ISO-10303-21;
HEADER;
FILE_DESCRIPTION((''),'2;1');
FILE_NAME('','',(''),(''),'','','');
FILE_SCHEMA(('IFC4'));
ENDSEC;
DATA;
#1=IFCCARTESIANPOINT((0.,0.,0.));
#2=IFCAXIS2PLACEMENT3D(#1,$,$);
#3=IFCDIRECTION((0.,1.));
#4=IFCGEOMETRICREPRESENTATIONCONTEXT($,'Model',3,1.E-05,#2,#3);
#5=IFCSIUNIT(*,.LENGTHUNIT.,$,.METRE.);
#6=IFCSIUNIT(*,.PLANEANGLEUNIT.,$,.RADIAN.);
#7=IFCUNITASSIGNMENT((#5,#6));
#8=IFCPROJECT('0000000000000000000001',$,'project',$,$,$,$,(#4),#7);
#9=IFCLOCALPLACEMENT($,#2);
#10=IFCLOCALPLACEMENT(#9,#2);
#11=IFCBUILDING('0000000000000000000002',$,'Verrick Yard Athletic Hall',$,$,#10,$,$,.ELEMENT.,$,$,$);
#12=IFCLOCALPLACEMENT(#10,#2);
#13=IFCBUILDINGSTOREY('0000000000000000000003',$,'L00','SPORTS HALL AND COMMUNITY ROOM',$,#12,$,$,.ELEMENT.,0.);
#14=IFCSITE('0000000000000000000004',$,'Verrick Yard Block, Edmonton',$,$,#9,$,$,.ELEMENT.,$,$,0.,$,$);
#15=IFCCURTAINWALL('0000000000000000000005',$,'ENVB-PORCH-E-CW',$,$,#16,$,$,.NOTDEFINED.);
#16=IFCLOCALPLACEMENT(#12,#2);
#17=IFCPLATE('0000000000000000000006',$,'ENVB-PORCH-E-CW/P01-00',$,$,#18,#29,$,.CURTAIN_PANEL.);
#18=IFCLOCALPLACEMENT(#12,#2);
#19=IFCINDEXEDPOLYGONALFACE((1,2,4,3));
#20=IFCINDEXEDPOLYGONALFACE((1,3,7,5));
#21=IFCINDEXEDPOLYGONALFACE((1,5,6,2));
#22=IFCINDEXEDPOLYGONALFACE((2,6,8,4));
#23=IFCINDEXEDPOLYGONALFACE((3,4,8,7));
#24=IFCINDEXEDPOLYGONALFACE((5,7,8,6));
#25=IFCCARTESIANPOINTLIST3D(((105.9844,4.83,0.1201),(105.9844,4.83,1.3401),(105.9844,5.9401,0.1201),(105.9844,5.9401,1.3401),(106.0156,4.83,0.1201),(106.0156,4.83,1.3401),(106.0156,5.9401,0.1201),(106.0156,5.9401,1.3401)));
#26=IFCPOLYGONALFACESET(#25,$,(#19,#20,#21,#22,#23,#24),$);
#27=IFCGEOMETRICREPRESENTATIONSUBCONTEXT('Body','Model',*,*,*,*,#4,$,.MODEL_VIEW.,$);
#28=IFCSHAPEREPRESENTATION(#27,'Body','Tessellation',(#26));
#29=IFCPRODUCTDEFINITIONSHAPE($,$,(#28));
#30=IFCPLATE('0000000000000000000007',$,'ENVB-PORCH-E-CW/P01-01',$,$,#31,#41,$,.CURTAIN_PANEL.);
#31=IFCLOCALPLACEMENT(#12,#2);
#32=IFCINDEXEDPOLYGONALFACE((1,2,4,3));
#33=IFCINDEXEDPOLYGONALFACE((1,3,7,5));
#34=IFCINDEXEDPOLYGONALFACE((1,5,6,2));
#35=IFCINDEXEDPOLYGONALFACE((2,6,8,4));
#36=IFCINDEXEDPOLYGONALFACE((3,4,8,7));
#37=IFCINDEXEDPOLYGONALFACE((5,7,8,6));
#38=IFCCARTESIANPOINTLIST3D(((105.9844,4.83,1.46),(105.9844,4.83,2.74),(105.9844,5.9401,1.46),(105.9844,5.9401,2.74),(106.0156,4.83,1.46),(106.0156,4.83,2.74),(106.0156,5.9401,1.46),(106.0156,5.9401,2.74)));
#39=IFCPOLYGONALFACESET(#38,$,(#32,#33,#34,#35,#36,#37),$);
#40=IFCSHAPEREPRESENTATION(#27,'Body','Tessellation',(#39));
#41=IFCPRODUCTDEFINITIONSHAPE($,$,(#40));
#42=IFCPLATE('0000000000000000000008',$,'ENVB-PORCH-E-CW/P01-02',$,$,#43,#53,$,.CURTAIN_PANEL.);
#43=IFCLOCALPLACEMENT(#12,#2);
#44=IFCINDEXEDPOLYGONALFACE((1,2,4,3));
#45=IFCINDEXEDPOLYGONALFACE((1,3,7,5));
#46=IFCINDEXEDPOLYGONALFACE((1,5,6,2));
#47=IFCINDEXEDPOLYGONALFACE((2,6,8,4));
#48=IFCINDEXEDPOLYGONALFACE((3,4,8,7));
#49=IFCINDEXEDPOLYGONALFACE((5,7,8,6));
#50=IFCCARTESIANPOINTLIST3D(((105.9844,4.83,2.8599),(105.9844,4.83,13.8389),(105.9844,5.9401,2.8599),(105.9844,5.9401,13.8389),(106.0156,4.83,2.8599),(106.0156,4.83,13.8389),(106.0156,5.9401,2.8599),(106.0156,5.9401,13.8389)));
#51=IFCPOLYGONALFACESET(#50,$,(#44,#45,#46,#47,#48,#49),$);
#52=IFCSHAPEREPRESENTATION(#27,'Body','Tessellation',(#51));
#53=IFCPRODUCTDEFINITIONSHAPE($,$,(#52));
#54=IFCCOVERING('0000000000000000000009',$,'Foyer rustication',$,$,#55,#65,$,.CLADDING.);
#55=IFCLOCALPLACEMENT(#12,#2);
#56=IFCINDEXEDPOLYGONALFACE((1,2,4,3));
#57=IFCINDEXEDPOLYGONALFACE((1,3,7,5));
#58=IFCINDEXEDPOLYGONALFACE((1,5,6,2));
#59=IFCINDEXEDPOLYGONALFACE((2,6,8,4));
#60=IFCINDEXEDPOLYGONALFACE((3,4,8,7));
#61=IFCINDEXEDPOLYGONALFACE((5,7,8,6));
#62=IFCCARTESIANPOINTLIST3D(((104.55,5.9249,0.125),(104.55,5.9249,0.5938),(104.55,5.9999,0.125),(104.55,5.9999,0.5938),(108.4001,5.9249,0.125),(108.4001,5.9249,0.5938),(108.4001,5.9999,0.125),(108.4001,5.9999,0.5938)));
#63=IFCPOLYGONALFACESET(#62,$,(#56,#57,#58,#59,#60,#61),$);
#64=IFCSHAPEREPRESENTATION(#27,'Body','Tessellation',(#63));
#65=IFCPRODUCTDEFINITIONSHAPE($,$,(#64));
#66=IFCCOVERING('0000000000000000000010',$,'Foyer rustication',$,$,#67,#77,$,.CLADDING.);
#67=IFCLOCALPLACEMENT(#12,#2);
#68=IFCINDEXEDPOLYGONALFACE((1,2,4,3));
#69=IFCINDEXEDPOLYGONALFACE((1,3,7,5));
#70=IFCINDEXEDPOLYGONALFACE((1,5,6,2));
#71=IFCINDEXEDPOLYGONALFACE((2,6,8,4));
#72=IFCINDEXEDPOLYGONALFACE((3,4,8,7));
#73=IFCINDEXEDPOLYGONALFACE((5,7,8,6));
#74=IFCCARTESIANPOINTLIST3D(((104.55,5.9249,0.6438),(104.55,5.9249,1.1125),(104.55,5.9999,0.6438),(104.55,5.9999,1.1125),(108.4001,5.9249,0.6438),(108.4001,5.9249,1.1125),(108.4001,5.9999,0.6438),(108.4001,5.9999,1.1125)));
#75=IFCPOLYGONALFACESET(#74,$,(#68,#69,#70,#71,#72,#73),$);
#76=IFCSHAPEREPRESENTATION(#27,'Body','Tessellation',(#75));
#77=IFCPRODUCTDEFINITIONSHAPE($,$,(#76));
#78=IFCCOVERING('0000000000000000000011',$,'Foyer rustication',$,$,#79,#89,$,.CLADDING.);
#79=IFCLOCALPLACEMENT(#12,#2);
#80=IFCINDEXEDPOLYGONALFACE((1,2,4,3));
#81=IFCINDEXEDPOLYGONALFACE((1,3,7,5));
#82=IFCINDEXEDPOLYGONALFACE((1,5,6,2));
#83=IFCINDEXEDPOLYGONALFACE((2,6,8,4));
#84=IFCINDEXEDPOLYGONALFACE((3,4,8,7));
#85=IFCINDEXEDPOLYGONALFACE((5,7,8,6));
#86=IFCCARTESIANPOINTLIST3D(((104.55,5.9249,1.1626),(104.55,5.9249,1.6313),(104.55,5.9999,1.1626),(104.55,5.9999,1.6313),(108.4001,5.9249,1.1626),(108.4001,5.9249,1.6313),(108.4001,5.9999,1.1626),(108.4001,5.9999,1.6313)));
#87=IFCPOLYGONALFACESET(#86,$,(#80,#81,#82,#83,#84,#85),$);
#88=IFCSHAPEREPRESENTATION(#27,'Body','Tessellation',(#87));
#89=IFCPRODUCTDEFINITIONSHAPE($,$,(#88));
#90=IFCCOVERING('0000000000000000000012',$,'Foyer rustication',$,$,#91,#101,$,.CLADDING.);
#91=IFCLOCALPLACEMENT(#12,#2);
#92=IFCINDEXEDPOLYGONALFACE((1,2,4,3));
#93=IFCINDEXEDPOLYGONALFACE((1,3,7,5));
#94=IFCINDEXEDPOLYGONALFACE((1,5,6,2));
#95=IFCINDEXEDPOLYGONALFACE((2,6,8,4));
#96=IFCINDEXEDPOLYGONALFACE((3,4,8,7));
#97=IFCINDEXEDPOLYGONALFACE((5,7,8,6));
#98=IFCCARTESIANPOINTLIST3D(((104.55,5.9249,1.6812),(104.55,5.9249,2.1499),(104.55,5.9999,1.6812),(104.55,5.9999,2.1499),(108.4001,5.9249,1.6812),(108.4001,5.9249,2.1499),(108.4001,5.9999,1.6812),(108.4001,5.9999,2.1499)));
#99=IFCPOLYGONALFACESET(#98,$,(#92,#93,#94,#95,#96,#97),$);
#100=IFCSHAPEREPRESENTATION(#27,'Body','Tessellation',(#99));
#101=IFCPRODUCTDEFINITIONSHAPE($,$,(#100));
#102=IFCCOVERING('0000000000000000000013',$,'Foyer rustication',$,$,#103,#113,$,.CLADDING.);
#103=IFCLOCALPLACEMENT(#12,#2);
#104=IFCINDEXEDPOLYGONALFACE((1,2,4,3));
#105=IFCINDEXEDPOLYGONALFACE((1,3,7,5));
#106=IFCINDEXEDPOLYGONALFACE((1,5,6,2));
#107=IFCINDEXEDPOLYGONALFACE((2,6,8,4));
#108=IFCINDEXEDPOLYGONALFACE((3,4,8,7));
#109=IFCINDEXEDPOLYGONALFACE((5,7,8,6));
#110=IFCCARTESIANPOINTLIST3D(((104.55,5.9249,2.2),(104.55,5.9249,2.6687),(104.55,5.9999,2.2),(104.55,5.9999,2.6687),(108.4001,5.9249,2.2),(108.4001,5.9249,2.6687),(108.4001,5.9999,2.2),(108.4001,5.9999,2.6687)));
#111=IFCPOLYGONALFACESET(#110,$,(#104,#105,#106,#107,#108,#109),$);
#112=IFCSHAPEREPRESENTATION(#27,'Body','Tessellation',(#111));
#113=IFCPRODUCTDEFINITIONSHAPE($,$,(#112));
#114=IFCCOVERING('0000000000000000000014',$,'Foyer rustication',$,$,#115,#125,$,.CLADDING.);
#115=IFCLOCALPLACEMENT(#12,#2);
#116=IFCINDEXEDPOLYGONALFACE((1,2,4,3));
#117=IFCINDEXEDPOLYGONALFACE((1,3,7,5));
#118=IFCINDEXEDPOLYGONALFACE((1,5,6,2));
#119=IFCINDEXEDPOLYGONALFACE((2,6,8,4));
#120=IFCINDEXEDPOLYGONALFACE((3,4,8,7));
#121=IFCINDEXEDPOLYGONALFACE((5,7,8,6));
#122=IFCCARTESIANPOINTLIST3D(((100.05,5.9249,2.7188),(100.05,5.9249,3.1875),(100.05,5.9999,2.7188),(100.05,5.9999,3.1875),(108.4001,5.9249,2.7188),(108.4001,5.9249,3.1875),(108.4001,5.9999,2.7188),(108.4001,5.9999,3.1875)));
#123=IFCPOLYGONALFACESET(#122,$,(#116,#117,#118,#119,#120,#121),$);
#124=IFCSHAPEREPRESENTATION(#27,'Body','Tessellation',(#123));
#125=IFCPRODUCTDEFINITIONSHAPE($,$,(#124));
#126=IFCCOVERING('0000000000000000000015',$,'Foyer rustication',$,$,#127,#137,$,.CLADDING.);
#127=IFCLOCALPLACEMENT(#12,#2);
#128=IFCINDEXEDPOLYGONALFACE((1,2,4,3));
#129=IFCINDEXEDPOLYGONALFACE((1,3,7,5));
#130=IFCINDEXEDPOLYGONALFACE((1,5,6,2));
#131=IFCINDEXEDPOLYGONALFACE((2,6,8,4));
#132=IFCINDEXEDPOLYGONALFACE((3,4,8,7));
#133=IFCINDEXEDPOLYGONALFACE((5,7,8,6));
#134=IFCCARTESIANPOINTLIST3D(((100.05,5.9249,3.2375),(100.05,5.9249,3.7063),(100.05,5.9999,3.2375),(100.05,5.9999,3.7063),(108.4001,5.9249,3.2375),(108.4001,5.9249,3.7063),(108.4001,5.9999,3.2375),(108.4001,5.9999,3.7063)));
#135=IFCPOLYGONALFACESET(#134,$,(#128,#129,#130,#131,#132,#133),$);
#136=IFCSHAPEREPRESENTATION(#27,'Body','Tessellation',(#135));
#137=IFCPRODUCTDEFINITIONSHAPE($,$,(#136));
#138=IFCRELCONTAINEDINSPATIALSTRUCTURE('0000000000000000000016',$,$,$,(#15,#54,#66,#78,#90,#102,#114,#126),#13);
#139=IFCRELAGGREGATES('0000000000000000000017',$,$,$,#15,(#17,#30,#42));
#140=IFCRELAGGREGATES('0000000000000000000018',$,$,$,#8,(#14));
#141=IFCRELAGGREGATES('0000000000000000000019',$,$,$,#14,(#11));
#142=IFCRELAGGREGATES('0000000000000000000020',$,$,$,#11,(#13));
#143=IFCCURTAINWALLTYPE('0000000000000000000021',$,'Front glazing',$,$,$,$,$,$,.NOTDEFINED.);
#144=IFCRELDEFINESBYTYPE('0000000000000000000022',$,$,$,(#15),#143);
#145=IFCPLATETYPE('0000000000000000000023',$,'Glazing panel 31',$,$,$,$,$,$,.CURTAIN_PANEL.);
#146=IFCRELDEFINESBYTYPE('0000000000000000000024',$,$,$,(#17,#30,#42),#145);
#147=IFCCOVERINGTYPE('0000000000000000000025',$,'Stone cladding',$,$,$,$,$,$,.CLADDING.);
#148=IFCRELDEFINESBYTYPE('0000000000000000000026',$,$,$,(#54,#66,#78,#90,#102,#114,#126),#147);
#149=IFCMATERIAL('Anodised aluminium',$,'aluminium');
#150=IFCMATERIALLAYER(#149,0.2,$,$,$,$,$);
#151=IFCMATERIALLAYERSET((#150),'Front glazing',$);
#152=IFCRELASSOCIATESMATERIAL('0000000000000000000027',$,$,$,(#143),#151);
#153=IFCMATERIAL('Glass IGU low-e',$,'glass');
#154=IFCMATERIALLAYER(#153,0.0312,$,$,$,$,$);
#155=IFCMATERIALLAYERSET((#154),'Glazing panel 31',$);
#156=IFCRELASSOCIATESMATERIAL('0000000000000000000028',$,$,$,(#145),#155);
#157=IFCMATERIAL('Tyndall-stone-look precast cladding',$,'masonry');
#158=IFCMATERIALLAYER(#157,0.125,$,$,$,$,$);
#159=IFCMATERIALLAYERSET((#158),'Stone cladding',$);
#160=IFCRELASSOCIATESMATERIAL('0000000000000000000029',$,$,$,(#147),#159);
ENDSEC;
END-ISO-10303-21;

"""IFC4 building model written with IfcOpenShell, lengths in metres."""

from ifc_helpers import new_model, si_unit, direction, frame, origin, origin_2d, place, context, subcontext, project, spatial, rectangle, extrude, material, layer, layer_set, type_object, element, aggregate, save


model = new_model("IFC4")

# Units and contexts
model_context = context("Model", 3, precision=1e-05, world=origin(), true_north=direction((0.0, 1.0)))
body_context = subcontext(model_context, "Body", "Model", "MODEL_VIEW")
ifc_project = project(units=[si_unit("LENGTHUNIT", "METRE"), si_unit("PLANEANGLEUNIT", "RADIAN")], contexts=[model_context])

# Site, building, storey
site_placement = place(None, origin())
site = spatial("IfcSite", under=ifc_project, at=site_placement, Name="Verrick Yard Block, Edmonton", CompositionType="ELEMENT", RefElevation=0.0)
building_placement = place(site_placement, origin())
building = spatial("IfcBuilding", under=site, at=building_placement, Name="Verrick Yard Athletic Hall", CompositionType="ELEMENT")
storey_placement = place(building_placement, origin())
storey = spatial("IfcBuildingStorey", under=building, at=storey_placement, Name="L00", Description="SPORTS HALL AND COMMUNITY ROOM", CompositionType="ELEMENT", Elevation=0.0)

# Curtain wall
ifc_material_1 = material(Name="Anodised aluminium", Category="aluminium")
ifc_layer_1 = layer(ifc_material_1, 0.2)
ifc_layer_set_1 = layer_set([ifc_layer_1], Name="Front glazing")
curtain_wall_type = type_object("IfcCurtainWallType", Name="Front glazing", PredefinedType="NOTDEFINED", material=ifc_layer_set_1)
curtain_wall_placement = place(storey_placement, origin())
curtain_wall = element("IfcCurtainWall", 1, at=curtain_wall_placement, inside=storey, type_object=curtain_wall_type, Name="ENVB-PORCH-E-CW", PredefinedType="NOTDEFINED")

# Plates
ifc_material_2 = material(Name="Glass IGU low-e", Category="glass")
ifc_layer_2 = layer(ifc_material_2, 0.0312)
ifc_layer_set_2 = layer_set([ifc_layer_2], Name="Glazing panel 31")
plate_type = type_object("IfcPlateType", Name="Glazing panel 31", PredefinedType="CURTAIN_PANEL", material=ifc_layer_set_2)
plate_1_placement = place(storey_placement, frame((106.0, 5.385, 0.1201), z_axis=(0.0, 0.0, 1.0), x_axis=(0.0, 1.0, 0.0)))
plate_1 = element("IfcPlate", 2, at=plate_1_placement, type_object=plate_type, Name="ENVB-PORCH-E-CW/P01-00", PredefinedType="CURTAIN_PANEL", context=body_context, shape_type="SweptSolid", body=[
    extrude(rectangle(XDim=1.1101, YDim=0.0312, at=origin_2d()), origin(), (0.0, 0.0, 1.0), 1.22),
])
plate_2_placement = place(storey_placement, frame((106.0, 5.385, 1.46), z_axis=(0.0, 0.0, 1.0), x_axis=(0.0, 1.0, 0.0)))
plate_2 = element("IfcPlate", 3, at=plate_2_placement, type_object=plate_type, Name="ENVB-PORCH-E-CW/P01-01", PredefinedType="CURTAIN_PANEL", context=body_context, shape_type="SweptSolid", body=[
    extrude(rectangle(XDim=1.1101, YDim=0.0312, at=origin_2d()), origin(), (0.0, 0.0, 1.0), 1.28),
])
plate_3_placement = place(storey_placement, frame((106.0, 5.385, 2.8599), z_axis=(0.0, 0.0, 1.0), x_axis=(0.0, 1.0, 0.0)))
plate_3 = element("IfcPlate", 4, at=plate_3_placement, type_object=plate_type, Name="ENVB-PORCH-E-CW/P01-02", PredefinedType="CURTAIN_PANEL", context=body_context, shape_type="SweptSolid", body=[
    extrude(rectangle(XDim=1.1101, YDim=0.0312, at=origin_2d()), origin(), (0.0, 0.0, 1.0), 10.979),
])
aggregate(curtain_wall, [plate_1, plate_2, plate_3])

# Coverings
ifc_material_3 = material(Name="Tyndall-stone-look precast cladding", Category="masonry")
ifc_layer_3 = layer(ifc_material_3, 0.125)
ifc_layer_set_3 = layer_set([ifc_layer_3], Name="Stone cladding")
covering_type = type_object("IfcCoveringType", Name="Stone cladding", PredefinedType="CLADDING", material=ifc_layer_set_3)
for number, where, z_axis, x_axis, name in (
    (5, (106.4751, 5.9624, 0.125), (0.0, 0.0, 1.0), (1.0, 0.0, 0.0), "Foyer rustication"),
    (6, (106.4751, 5.9624, 0.6438), (0.0, 0.0, 1.0), (1.0, 0.0, 0.0), "Foyer rustication"),
    (7, (106.4751, 5.9624, 1.1626), (0.0, 0.0, 1.0), (1.0, 0.0, 0.0), "Foyer rustication"),
    (8, (106.4751, 5.9624, 1.6812), (0.0, 0.0, 1.0), (1.0, 0.0, 0.0), "Foyer rustication"),
    (9, (106.4751, 5.9624, 2.2), (0.0, 0.0, 1.0), (1.0, 0.0, 0.0), "Foyer rustication"),
):
    element("IfcCovering", number, at=place(storey_placement, frame(where, z_axis=z_axis, x_axis=x_axis)), inside=storey, type_object=covering_type, Name=name, PredefinedType="CLADDING", context=body_context, shape_type="SweptSolid", body=[
        extrude(rectangle(XDim=3.8501, YDim=0.075, at=origin_2d()), origin(), (0.0, 0.0, 1.0), 0.4688),
    ])
for number, where, z_axis, x_axis, name in (
    (10, (104.2251, 5.9624, 2.7188), (0.0, 0.0, 1.0), (1.0, 0.0, 0.0), "Foyer rustication"),
    (11, (104.2251, 5.9624, 3.2375), (0.0, 0.0, 1.0), (1.0, 0.0, 0.0), "Foyer rustication"),
):
    element("IfcCovering", number, at=place(storey_placement, frame(where, z_axis=z_axis, x_axis=x_axis)), inside=storey, type_object=covering_type, Name=name, PredefinedType="CLADDING", context=body_context, shape_type="SweptSolid", body=[
        extrude(rectangle(XDim=8.3501, YDim=0.075, at=origin_2d()), origin(), (0.0, 0.0, 1.0), 0.4688),
    ])

save(model, "model.ifc")
